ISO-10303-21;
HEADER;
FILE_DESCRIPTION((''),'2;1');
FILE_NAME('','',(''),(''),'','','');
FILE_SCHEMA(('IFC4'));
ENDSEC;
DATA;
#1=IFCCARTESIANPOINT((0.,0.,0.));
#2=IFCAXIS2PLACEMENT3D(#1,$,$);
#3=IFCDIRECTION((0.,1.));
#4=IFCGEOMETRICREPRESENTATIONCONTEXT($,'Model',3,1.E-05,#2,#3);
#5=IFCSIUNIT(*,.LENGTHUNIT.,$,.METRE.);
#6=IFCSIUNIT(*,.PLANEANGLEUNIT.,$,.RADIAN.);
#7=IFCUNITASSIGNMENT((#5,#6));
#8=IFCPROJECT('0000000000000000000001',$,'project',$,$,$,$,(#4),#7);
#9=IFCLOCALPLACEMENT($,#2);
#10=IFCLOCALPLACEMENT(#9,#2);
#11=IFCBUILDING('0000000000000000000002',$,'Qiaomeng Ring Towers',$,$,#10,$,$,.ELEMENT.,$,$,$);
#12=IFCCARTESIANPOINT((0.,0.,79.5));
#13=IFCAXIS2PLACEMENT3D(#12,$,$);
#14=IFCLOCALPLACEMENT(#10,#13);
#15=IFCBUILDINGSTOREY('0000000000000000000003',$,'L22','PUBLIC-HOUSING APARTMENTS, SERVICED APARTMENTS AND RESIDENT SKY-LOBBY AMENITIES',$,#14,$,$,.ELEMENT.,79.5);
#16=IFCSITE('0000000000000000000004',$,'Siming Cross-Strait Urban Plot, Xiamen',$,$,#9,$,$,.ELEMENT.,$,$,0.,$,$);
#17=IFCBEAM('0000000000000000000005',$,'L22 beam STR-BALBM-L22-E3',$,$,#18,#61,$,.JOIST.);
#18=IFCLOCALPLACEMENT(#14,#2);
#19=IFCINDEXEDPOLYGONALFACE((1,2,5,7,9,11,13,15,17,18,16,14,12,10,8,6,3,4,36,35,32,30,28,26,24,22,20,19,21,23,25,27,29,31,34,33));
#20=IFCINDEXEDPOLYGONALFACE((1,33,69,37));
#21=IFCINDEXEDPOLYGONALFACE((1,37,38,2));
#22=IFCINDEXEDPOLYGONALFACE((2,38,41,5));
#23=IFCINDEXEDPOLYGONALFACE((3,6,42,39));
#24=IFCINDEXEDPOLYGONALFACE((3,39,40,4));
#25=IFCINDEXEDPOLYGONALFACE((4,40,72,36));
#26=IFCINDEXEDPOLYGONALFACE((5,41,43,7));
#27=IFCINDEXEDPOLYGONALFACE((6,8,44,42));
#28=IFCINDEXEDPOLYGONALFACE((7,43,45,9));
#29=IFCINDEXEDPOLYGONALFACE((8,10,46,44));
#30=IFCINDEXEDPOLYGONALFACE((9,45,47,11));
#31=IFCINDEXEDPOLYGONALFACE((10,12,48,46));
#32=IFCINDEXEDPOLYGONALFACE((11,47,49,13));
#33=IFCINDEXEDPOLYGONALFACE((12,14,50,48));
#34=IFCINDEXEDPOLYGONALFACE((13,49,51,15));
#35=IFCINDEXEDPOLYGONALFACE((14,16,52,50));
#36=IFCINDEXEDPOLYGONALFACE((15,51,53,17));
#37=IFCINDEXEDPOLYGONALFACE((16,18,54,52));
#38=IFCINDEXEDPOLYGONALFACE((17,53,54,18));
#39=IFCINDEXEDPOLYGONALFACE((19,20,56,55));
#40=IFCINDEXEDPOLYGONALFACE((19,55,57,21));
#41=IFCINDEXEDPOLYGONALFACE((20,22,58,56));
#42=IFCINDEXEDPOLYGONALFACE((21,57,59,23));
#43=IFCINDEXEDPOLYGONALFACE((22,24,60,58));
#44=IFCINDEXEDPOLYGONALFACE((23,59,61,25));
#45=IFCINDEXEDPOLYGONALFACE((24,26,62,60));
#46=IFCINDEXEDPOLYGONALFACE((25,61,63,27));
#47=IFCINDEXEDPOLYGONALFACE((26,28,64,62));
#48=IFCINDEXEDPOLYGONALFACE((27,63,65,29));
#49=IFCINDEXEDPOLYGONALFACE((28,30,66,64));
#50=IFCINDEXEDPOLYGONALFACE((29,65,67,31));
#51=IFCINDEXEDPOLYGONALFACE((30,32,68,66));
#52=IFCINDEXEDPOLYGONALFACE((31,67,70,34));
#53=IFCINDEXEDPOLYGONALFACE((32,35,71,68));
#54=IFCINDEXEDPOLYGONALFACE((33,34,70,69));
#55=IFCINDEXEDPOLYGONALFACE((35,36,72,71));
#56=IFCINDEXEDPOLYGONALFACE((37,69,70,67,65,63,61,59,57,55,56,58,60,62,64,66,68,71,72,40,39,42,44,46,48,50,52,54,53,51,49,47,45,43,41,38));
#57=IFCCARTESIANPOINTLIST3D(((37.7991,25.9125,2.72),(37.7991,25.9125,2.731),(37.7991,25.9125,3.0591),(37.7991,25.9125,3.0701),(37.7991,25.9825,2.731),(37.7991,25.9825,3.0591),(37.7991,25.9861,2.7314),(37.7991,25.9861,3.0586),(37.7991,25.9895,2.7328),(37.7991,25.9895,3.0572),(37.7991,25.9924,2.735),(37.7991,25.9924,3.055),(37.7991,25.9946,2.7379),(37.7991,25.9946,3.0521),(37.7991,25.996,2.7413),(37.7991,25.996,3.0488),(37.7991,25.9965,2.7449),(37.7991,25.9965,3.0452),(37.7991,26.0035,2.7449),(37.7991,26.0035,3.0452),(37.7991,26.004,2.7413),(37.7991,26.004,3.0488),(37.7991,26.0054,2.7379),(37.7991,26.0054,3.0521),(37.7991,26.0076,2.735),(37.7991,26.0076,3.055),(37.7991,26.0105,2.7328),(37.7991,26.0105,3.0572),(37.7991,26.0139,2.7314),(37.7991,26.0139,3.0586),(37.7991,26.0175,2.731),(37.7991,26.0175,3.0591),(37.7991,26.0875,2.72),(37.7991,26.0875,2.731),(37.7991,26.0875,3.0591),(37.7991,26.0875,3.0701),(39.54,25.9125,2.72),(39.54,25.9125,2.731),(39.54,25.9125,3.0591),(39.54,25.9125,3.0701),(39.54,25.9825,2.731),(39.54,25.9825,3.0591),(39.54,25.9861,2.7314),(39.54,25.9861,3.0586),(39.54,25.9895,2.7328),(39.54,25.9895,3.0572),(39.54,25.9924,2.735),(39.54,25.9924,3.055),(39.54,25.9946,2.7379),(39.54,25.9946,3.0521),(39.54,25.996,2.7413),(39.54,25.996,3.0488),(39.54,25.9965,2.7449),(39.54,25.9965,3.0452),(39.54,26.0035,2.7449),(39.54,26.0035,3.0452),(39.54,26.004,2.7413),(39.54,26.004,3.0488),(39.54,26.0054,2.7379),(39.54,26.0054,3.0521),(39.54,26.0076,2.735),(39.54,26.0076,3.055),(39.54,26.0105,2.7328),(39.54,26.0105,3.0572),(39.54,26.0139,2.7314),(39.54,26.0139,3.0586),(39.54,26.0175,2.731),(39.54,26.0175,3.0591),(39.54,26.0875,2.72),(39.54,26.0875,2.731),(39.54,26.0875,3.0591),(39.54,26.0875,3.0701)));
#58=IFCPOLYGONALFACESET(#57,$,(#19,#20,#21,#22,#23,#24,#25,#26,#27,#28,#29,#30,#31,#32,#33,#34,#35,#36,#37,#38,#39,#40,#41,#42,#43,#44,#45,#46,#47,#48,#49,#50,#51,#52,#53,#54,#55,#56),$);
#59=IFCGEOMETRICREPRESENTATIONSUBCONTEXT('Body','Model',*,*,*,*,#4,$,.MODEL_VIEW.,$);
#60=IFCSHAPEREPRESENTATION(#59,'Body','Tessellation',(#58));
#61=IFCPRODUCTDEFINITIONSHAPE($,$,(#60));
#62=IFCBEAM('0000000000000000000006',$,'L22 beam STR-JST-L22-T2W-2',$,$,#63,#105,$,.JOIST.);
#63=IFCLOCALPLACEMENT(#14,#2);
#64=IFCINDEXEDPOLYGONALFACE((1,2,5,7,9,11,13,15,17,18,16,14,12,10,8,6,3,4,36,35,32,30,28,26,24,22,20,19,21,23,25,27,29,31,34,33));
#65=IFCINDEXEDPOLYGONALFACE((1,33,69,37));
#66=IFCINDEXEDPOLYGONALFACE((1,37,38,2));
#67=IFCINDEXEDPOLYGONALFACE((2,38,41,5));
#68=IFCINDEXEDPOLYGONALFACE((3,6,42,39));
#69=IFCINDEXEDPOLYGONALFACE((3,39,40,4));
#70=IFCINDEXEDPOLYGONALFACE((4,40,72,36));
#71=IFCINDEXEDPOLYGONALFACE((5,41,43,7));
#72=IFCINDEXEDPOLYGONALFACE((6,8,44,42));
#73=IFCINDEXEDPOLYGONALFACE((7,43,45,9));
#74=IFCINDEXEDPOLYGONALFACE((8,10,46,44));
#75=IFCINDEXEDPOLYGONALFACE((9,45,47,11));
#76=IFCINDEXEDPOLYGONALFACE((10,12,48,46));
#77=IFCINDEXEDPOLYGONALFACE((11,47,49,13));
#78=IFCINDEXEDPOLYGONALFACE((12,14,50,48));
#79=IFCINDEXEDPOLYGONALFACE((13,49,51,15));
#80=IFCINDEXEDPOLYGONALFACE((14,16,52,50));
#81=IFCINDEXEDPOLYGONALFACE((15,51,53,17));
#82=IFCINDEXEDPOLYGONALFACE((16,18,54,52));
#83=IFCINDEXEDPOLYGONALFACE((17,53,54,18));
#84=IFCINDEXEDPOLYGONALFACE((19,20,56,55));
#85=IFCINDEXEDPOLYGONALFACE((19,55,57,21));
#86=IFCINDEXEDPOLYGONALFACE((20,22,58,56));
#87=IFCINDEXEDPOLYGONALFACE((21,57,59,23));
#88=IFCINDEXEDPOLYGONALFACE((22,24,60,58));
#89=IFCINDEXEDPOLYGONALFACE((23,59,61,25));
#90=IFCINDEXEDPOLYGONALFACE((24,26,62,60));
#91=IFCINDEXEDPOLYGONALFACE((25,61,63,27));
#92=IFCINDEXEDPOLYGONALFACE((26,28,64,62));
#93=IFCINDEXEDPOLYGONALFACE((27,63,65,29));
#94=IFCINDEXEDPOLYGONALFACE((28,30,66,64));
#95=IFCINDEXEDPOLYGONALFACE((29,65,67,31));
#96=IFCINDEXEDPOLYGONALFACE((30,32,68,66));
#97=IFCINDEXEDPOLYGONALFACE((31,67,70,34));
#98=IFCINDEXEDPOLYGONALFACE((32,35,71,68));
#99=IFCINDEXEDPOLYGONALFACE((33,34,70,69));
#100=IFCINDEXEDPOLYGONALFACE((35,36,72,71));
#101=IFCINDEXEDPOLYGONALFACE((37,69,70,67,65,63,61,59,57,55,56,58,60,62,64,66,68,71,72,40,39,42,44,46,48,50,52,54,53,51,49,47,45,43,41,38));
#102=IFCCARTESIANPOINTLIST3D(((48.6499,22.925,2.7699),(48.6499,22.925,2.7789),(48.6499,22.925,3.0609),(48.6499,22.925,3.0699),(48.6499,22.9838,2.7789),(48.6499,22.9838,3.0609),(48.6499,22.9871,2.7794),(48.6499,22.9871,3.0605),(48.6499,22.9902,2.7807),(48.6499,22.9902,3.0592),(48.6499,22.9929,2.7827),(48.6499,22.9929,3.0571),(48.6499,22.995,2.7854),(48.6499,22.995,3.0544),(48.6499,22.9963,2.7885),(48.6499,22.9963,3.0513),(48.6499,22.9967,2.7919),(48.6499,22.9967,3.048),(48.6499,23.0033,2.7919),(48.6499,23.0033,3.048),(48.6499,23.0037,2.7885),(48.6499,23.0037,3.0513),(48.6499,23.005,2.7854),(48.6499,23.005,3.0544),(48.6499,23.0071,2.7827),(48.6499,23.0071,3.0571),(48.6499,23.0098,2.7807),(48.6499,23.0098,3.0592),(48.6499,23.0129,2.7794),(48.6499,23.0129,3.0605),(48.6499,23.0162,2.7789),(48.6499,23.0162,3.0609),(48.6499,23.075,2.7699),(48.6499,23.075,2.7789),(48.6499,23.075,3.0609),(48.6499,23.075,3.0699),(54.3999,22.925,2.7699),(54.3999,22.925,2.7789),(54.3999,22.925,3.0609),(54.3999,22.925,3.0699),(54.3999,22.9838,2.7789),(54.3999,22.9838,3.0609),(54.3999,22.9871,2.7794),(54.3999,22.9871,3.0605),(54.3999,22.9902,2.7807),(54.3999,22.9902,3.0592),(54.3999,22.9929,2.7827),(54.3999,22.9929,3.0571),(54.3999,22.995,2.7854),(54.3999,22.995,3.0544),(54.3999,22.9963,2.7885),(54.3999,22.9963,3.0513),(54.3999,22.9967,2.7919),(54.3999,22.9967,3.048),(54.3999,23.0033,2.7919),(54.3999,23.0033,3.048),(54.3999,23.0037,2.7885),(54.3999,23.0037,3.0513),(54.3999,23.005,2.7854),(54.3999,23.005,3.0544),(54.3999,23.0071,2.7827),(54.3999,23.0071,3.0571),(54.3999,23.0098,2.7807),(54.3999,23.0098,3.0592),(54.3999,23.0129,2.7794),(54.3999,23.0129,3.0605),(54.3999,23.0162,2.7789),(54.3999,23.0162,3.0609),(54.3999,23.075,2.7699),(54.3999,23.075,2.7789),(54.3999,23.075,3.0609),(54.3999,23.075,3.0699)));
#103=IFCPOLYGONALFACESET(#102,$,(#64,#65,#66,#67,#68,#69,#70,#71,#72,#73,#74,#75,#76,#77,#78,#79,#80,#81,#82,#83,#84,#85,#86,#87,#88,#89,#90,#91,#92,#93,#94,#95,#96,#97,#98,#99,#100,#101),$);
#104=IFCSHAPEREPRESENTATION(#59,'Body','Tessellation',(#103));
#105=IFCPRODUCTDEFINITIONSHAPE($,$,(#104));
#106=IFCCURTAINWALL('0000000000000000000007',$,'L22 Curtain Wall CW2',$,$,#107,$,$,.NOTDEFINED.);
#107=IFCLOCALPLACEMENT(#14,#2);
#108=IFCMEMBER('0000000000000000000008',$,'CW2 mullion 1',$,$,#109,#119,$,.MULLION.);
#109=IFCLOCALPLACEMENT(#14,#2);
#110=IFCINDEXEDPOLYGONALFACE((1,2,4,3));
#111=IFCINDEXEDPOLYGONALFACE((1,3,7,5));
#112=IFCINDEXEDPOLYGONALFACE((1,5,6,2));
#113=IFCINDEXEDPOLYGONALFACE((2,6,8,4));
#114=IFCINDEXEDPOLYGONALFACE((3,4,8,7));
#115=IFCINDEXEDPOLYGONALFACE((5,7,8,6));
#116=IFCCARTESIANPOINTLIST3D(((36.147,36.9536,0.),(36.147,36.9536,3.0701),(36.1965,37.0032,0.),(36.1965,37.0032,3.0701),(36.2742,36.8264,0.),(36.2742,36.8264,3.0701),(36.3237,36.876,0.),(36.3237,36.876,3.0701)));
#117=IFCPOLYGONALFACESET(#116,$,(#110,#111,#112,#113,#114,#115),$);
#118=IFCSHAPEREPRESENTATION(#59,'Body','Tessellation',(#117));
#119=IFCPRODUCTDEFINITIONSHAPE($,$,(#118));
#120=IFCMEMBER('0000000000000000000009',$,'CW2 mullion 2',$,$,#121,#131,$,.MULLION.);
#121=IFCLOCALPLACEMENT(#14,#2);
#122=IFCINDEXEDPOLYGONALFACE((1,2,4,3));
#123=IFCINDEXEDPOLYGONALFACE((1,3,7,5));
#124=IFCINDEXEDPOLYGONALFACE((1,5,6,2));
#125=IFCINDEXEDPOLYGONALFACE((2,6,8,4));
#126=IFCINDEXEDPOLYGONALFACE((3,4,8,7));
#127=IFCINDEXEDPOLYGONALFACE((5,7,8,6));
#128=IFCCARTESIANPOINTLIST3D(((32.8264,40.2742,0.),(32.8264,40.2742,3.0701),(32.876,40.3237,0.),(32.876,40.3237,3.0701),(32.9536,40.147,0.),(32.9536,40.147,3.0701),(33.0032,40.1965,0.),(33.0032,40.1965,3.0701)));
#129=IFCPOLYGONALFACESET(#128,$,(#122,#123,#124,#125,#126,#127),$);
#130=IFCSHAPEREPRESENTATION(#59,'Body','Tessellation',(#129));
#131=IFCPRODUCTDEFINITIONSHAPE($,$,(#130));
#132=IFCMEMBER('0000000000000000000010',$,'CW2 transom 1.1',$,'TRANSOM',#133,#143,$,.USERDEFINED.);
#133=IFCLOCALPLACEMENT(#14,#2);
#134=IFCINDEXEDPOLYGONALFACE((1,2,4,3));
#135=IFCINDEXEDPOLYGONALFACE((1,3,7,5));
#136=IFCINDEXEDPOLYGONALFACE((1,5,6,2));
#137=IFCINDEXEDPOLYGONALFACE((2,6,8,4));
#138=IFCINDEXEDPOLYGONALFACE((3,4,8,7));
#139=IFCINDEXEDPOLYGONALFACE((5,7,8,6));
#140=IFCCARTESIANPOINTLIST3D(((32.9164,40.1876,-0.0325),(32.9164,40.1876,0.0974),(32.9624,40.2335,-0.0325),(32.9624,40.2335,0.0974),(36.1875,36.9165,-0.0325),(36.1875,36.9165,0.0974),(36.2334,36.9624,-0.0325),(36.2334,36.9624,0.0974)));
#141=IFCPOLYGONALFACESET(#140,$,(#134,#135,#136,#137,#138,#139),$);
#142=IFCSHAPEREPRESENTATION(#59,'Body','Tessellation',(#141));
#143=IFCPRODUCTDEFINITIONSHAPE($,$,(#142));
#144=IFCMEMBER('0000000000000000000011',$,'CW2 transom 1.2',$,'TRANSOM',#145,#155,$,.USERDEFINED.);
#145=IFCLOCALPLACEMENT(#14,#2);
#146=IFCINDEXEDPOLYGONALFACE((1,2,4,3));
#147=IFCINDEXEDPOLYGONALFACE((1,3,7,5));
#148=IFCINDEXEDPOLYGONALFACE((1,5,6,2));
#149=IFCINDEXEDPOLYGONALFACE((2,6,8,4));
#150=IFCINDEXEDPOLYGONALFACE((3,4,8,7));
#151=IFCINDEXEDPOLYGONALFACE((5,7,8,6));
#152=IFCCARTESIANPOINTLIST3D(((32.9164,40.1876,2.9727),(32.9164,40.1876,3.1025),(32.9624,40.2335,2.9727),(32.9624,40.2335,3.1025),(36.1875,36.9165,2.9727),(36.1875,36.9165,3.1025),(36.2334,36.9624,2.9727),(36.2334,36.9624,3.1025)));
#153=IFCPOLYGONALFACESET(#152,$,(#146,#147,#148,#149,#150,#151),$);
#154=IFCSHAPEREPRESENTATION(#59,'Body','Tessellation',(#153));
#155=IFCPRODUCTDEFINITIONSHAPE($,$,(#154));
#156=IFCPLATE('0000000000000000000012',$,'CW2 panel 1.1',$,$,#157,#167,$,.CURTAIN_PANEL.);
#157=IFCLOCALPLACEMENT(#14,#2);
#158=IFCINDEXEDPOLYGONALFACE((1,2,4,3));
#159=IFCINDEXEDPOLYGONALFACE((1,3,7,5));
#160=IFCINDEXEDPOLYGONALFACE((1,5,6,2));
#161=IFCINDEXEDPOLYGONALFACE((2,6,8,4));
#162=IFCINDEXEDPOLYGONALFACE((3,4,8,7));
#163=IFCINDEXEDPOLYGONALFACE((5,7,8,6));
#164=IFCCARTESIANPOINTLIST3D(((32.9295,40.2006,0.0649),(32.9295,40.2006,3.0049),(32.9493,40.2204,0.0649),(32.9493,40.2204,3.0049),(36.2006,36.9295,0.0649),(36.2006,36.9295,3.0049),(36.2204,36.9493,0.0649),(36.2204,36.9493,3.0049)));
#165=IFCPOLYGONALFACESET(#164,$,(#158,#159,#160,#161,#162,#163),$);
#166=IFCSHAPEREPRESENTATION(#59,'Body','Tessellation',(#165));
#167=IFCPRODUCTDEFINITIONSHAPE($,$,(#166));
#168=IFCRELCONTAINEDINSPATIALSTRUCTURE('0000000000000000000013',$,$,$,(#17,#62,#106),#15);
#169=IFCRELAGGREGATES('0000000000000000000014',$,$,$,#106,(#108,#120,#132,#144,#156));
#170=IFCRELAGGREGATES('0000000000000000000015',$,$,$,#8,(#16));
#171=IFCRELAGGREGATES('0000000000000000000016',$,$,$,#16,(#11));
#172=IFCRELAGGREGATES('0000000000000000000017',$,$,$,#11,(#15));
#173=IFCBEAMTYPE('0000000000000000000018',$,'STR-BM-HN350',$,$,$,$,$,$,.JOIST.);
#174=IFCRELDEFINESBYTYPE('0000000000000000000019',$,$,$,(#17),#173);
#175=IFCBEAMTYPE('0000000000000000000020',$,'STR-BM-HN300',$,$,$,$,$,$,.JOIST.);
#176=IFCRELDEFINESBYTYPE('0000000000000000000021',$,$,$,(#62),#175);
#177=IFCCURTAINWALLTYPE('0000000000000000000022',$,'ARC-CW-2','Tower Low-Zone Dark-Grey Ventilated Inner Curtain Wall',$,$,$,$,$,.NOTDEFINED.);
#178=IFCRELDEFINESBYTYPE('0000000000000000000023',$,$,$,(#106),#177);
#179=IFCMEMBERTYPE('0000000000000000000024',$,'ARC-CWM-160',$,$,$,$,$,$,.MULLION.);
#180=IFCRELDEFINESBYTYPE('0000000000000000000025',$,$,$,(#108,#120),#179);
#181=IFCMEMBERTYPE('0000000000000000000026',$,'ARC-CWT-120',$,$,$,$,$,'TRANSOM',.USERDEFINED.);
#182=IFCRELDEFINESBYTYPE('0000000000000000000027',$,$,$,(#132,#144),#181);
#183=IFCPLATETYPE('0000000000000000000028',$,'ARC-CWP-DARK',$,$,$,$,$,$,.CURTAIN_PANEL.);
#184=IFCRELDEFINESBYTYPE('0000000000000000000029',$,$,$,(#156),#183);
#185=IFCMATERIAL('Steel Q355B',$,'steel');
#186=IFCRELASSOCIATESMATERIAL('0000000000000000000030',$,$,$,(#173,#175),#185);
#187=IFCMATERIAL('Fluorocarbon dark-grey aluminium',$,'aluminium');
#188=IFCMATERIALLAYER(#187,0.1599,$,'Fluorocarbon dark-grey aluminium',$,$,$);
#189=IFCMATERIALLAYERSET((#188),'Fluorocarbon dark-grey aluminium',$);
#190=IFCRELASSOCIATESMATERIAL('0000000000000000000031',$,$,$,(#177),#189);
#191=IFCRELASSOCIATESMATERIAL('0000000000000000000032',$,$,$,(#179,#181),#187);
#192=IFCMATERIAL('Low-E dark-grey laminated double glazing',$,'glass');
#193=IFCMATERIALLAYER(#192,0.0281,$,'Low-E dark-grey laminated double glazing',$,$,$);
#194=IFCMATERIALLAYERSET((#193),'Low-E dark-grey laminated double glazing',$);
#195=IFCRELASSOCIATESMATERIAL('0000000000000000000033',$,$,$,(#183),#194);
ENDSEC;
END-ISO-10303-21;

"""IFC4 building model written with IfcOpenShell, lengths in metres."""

from ifc_helpers import new_model, si_unit, direction, frame, origin, origin_2d, place, context, subcontext, project, spatial, rectangle, i_section, extrude, source, transform, mapped, material, layer, layer_set, material_profile, profile_set, type_object, element, aggregate, save


model = new_model("IFC4")

# Units and contexts
model_context = context("Model", 3, precision=1e-05, world=origin(), true_north=direction((0.0, 1.0)))
body_context = subcontext(model_context, "Body", "Model", "MODEL_VIEW")
ifc_project = project(units=[si_unit("LENGTHUNIT", "METRE"), si_unit("PLANEANGLEUNIT", "RADIAN")], contexts=[model_context])

# Site, building, storey
site_placement = place(None, origin())
site = spatial("IfcSite", under=ifc_project, at=site_placement, Name="Siming Cross-Strait Urban Plot, Xiamen", CompositionType="ELEMENT", RefElevation=0.0)
building_placement = place(site_placement, origin())
building = spatial("IfcBuilding", under=site, at=building_placement, Name="Qiaomeng Ring Towers", CompositionType="ELEMENT")
storey_placement = place(building_placement, frame((0.0, 0.0, 79.5)))
storey = spatial("IfcBuildingStorey", under=building, at=storey_placement, Name="L22", Description="PUBLIC-HOUSING APARTMENTS, SERVICED APARTMENTS AND RESIDENT SKY-LOBBY AMENITIES", CompositionType="ELEMENT", Elevation=79.5)

# Beams
ifc_material_1 = material(Name="Steel Q355B", Category="steel")
ifc_material_profile_1 = material_profile(ifc_material_1, i_section(OverallWidth=0.175, OverallDepth=0.3501, WebThickness=0.0071, FlangeThickness=0.011, FilletRadius=0.0139, at=origin_2d()), Name="HN 350x175x7x11")
ifc_profile_set_1 = profile_set([ifc_material_profile_1], Name="Steel Q355B")
beam_type_1 = type_object("IfcBeamType", Name="STR-BM-HN350", PredefinedType="JOIST", material=ifc_profile_set_1)
shared_shape_1 = source(origin(), body_context, "Body", "SweptSolid", [
    extrude(i_section(OverallWidth=0.175, OverallDepth=0.3501, WebThickness=0.0071, FlangeThickness=0.011, FilletRadius=0.0139, at=origin_2d()), origin(), (0.0, 0.0, 1.0), 1.741),
])
beam_1_placement = place(storey_placement, frame((37.7991, 26.0, 2.895), z_axis=(1.0, 0.0, 0.0), x_axis=(0.0, 1.0, 0.0)))
element("IfcBeam", 1, at=beam_1_placement, inside=storey, type_object=beam_type_1, Name="L22 beam STR-BALBM-L22-E3", PredefinedType="JOIST", context=body_context, shape_type="MappedRepresentation", body=[
    mapped(shared_shape_1, transform((0.0, 0.0, 0.0), x_axis=(1.0, 0.0, 0.0), y_axis=(0.0, 1.0, 0.0), z_axis=(0.0, 0.0, 1.0), scale=1.0)),
])
ifc_material_profile_2 = material_profile(ifc_material_1, i_section(OverallWidth=0.1499, OverallDepth=0.3, WebThickness=0.0066, FlangeThickness=0.009, FilletRadius=0.0129, at=origin_2d()), Name="HN 300x150x6.5x9")
ifc_profile_set_2 = profile_set([ifc_material_profile_2], Name="Steel Q355B")
beam_type_2 = type_object("IfcBeamType", Name="STR-BM-HN300", PredefinedType="JOIST", material=ifc_profile_set_2)
shared_shape_2 = source(origin(), body_context, "Body", "SweptSolid", [
    extrude(i_section(OverallWidth=0.1499, OverallDepth=0.3, WebThickness=0.0066, FlangeThickness=0.009, FilletRadius=0.0129, at=origin_2d()), origin(), (0.0, 0.0, 1.0), 5.75),
])
beam_2_placement = place(storey_placement, frame((48.6499, 23.0, 2.9199), z_axis=(1.0, 0.0, 0.0), x_axis=(0.0, 1.0, 0.0)))
element("IfcBeam", 2, at=beam_2_placement, inside=storey, type_object=beam_type_2, Name="L22 beam STR-JST-L22-T2W-2", PredefinedType="JOIST", context=body_context, shape_type="MappedRepresentation", body=[
    mapped(shared_shape_2, transform((0.0, 0.0, 0.0), x_axis=(1.0, 0.0, 0.0), y_axis=(0.0, 1.0, 0.0), z_axis=(0.0, 0.0, 1.0), scale=1.0)),
])

# Curtain wall, members, plate
ifc_material_2 = material(Name="Fluorocarbon dark-grey aluminium", Category="aluminium")
ifc_layer_1 = layer(ifc_material_2, 0.1599, Name="Fluorocarbon dark-grey aluminium")
ifc_layer_set_1 = layer_set([ifc_layer_1], Name="Fluorocarbon dark-grey aluminium")
curtain_wall_type = type_object("IfcCurtainWallType", Name="ARC-CW-2", Description="Tower Low-Zone Dark-Grey Ventilated Inner Curtain Wall", PredefinedType="NOTDEFINED", material=ifc_layer_set_1)
curtain_wall_placement = place(storey_placement, origin())
curtain_wall = element("IfcCurtainWall", 3, at=curtain_wall_placement, inside=storey, type_object=curtain_wall_type, Name="L22 Curtain Wall CW2", PredefinedType="NOTDEFINED")
ifc_material_profile_3 = material_profile(ifc_material_2, rectangle(XDim=0.0701, YDim=0.1799, at=origin_2d()), Name="ALU MULL 70x180")
ifc_profile_set_3 = profile_set([ifc_material_profile_3], Name="Fluorocarbon dark-grey aluminium")
member_type_1 = type_object("IfcMemberType", Name="ARC-CWM-160", PredefinedType="MULLION", material=ifc_profile_set_3)
shared_shape_3 = source(origin(), body_context, "Body", "SweptSolid", [
    extrude(rectangle(XDim=0.0701, YDim=0.1799, at=origin_2d()), origin(), (0.0, 0.0, 1.0), 3.0701),
])
member_1_placement = place(storey_placement, frame((36.2354, 36.9148, 0.0), z_axis=(0.0, 0.0, 1.0), x_axis=(-0.707107, -0.707107, 0.0)))
member_1 = element("IfcMember", 4, at=member_1_placement, type_object=member_type_1, Name="CW2 mullion 1", PredefinedType="MULLION", context=body_context, shape_type="MappedRepresentation", body=[
    mapped(shared_shape_3, transform((0.0, 0.0, 0.0), x_axis=(1.0, 0.0, 0.0), y_axis=(0.0, 1.0, 0.0), z_axis=(0.0, 0.0, 1.0), scale=1.0)),
])
member_2_placement = place(storey_placement, frame((32.9148, 40.2354, 0.0), z_axis=(0.0, 0.0, 1.0), x_axis=(-0.707107, -0.707107, 0.0)))
member_2 = element("IfcMember", 5, at=member_2_placement, type_object=member_type_1, Name="CW2 mullion 2", PredefinedType="MULLION", context=body_context, shape_type="MappedRepresentation", body=[
    mapped(shared_shape_3, transform((0.0, 0.0, 0.0), x_axis=(1.0, 0.0, 0.0), y_axis=(0.0, 1.0, 0.0), z_axis=(0.0, 0.0, 1.0), scale=1.0)),
])
ifc_material_profile_4 = material_profile(ifc_material_2, rectangle(XDim=0.0649, YDim=0.1299, at=origin_2d()), Name="ALU TRAN 65x130")
ifc_profile_set_4 = profile_set([ifc_material_profile_4], Name="Fluorocarbon dark-grey aluminium")
member_type_2 = type_object("IfcMemberType", Name="ARC-CWT-120", ElementType="TRANSOM", PredefinedType="USERDEFINED", material=ifc_profile_set_4)
shared_shape_4 = source(origin(), body_context, "Body", "SweptSolid", [
    extrude(rectangle(XDim=0.0649, YDim=0.1299, at=origin_2d()), origin(), (0.0, 0.0, 1.0), 4.626),
])
member_3_placement = place(storey_placement, frame((36.2104, 36.9395, 0.0325), z_axis=(-0.707107, 0.707107, 0.0), x_axis=(-0.707107, -0.707107, 0.0)))
member_3 = element("IfcMember", 6, at=member_3_placement, type_object=member_type_2, Name="CW2 transom 1.1", ObjectType="TRANSOM", PredefinedType="USERDEFINED", context=body_context, shape_type="MappedRepresentation", body=[
    mapped(shared_shape_4, transform((0.0, 0.0, 0.0), x_axis=(1.0, 0.0, 0.0), y_axis=(0.0, 1.0, 0.0), z_axis=(0.0, 0.0, 1.0), scale=1.0)),
])
member_4_placement = place(storey_placement, frame((36.2104, 36.9395, 3.0376), z_axis=(-0.707107, 0.707107, 0.0), x_axis=(-0.707107, -0.707107, 0.0)))
member_4 = element("IfcMember", 7, at=member_4_placement, type_object=member_type_2, Name="CW2 transom 1.2", ObjectType="TRANSOM", PredefinedType="USERDEFINED", context=body_context, shape_type="MappedRepresentation", body=[
    mapped(shared_shape_4, transform((0.0, 0.0, 0.0), x_axis=(1.0, 0.0, 0.0), y_axis=(0.0, 1.0, 0.0), z_axis=(0.0, 0.0, 1.0), scale=1.0)),
])
ifc_material_3 = material(Name="Low-E dark-grey laminated double glazing", Category="glass")
ifc_layer_2 = layer(ifc_material_3, 0.0281, Name="Low-E dark-grey laminated double glazing")
ifc_layer_set_2 = layer_set([ifc_layer_2], Name="Low-E dark-grey laminated double glazing")
plate_type = type_object("IfcPlateType", Name="ARC-CWP-DARK", PredefinedType="CURTAIN_PANEL", material=ifc_layer_set_2)
shared_shape_5 = source(origin(), body_context, "Body", "SweptSolid", [
    extrude(rectangle(XDim=4.626, YDim=0.0281, at=origin_2d()), origin(), (0.0, 0.0, 1.0), 2.9399),
])
plate_placement = place(storey_placement, frame((34.575, 38.575, 0.0649), z_axis=(0.0, 0.0, 1.0), x_axis=(-0.707107, 0.707107, 0.0)))
plate = element("IfcPlate", 8, at=plate_placement, type_object=plate_type, Name="CW2 panel 1.1", PredefinedType="CURTAIN_PANEL", context=body_context, shape_type="MappedRepresentation", body=[
    mapped(shared_shape_5, transform((0.0, 0.0, 0.0), x_axis=(1.0, 0.0, 0.0), y_axis=(0.0, 1.0, 0.0), z_axis=(0.0, 0.0, 1.0), scale=1.0)),
])
aggregate(curtain_wall, [member_1, member_2, member_3, member_4, plate])

save(model, "model.ifc")
